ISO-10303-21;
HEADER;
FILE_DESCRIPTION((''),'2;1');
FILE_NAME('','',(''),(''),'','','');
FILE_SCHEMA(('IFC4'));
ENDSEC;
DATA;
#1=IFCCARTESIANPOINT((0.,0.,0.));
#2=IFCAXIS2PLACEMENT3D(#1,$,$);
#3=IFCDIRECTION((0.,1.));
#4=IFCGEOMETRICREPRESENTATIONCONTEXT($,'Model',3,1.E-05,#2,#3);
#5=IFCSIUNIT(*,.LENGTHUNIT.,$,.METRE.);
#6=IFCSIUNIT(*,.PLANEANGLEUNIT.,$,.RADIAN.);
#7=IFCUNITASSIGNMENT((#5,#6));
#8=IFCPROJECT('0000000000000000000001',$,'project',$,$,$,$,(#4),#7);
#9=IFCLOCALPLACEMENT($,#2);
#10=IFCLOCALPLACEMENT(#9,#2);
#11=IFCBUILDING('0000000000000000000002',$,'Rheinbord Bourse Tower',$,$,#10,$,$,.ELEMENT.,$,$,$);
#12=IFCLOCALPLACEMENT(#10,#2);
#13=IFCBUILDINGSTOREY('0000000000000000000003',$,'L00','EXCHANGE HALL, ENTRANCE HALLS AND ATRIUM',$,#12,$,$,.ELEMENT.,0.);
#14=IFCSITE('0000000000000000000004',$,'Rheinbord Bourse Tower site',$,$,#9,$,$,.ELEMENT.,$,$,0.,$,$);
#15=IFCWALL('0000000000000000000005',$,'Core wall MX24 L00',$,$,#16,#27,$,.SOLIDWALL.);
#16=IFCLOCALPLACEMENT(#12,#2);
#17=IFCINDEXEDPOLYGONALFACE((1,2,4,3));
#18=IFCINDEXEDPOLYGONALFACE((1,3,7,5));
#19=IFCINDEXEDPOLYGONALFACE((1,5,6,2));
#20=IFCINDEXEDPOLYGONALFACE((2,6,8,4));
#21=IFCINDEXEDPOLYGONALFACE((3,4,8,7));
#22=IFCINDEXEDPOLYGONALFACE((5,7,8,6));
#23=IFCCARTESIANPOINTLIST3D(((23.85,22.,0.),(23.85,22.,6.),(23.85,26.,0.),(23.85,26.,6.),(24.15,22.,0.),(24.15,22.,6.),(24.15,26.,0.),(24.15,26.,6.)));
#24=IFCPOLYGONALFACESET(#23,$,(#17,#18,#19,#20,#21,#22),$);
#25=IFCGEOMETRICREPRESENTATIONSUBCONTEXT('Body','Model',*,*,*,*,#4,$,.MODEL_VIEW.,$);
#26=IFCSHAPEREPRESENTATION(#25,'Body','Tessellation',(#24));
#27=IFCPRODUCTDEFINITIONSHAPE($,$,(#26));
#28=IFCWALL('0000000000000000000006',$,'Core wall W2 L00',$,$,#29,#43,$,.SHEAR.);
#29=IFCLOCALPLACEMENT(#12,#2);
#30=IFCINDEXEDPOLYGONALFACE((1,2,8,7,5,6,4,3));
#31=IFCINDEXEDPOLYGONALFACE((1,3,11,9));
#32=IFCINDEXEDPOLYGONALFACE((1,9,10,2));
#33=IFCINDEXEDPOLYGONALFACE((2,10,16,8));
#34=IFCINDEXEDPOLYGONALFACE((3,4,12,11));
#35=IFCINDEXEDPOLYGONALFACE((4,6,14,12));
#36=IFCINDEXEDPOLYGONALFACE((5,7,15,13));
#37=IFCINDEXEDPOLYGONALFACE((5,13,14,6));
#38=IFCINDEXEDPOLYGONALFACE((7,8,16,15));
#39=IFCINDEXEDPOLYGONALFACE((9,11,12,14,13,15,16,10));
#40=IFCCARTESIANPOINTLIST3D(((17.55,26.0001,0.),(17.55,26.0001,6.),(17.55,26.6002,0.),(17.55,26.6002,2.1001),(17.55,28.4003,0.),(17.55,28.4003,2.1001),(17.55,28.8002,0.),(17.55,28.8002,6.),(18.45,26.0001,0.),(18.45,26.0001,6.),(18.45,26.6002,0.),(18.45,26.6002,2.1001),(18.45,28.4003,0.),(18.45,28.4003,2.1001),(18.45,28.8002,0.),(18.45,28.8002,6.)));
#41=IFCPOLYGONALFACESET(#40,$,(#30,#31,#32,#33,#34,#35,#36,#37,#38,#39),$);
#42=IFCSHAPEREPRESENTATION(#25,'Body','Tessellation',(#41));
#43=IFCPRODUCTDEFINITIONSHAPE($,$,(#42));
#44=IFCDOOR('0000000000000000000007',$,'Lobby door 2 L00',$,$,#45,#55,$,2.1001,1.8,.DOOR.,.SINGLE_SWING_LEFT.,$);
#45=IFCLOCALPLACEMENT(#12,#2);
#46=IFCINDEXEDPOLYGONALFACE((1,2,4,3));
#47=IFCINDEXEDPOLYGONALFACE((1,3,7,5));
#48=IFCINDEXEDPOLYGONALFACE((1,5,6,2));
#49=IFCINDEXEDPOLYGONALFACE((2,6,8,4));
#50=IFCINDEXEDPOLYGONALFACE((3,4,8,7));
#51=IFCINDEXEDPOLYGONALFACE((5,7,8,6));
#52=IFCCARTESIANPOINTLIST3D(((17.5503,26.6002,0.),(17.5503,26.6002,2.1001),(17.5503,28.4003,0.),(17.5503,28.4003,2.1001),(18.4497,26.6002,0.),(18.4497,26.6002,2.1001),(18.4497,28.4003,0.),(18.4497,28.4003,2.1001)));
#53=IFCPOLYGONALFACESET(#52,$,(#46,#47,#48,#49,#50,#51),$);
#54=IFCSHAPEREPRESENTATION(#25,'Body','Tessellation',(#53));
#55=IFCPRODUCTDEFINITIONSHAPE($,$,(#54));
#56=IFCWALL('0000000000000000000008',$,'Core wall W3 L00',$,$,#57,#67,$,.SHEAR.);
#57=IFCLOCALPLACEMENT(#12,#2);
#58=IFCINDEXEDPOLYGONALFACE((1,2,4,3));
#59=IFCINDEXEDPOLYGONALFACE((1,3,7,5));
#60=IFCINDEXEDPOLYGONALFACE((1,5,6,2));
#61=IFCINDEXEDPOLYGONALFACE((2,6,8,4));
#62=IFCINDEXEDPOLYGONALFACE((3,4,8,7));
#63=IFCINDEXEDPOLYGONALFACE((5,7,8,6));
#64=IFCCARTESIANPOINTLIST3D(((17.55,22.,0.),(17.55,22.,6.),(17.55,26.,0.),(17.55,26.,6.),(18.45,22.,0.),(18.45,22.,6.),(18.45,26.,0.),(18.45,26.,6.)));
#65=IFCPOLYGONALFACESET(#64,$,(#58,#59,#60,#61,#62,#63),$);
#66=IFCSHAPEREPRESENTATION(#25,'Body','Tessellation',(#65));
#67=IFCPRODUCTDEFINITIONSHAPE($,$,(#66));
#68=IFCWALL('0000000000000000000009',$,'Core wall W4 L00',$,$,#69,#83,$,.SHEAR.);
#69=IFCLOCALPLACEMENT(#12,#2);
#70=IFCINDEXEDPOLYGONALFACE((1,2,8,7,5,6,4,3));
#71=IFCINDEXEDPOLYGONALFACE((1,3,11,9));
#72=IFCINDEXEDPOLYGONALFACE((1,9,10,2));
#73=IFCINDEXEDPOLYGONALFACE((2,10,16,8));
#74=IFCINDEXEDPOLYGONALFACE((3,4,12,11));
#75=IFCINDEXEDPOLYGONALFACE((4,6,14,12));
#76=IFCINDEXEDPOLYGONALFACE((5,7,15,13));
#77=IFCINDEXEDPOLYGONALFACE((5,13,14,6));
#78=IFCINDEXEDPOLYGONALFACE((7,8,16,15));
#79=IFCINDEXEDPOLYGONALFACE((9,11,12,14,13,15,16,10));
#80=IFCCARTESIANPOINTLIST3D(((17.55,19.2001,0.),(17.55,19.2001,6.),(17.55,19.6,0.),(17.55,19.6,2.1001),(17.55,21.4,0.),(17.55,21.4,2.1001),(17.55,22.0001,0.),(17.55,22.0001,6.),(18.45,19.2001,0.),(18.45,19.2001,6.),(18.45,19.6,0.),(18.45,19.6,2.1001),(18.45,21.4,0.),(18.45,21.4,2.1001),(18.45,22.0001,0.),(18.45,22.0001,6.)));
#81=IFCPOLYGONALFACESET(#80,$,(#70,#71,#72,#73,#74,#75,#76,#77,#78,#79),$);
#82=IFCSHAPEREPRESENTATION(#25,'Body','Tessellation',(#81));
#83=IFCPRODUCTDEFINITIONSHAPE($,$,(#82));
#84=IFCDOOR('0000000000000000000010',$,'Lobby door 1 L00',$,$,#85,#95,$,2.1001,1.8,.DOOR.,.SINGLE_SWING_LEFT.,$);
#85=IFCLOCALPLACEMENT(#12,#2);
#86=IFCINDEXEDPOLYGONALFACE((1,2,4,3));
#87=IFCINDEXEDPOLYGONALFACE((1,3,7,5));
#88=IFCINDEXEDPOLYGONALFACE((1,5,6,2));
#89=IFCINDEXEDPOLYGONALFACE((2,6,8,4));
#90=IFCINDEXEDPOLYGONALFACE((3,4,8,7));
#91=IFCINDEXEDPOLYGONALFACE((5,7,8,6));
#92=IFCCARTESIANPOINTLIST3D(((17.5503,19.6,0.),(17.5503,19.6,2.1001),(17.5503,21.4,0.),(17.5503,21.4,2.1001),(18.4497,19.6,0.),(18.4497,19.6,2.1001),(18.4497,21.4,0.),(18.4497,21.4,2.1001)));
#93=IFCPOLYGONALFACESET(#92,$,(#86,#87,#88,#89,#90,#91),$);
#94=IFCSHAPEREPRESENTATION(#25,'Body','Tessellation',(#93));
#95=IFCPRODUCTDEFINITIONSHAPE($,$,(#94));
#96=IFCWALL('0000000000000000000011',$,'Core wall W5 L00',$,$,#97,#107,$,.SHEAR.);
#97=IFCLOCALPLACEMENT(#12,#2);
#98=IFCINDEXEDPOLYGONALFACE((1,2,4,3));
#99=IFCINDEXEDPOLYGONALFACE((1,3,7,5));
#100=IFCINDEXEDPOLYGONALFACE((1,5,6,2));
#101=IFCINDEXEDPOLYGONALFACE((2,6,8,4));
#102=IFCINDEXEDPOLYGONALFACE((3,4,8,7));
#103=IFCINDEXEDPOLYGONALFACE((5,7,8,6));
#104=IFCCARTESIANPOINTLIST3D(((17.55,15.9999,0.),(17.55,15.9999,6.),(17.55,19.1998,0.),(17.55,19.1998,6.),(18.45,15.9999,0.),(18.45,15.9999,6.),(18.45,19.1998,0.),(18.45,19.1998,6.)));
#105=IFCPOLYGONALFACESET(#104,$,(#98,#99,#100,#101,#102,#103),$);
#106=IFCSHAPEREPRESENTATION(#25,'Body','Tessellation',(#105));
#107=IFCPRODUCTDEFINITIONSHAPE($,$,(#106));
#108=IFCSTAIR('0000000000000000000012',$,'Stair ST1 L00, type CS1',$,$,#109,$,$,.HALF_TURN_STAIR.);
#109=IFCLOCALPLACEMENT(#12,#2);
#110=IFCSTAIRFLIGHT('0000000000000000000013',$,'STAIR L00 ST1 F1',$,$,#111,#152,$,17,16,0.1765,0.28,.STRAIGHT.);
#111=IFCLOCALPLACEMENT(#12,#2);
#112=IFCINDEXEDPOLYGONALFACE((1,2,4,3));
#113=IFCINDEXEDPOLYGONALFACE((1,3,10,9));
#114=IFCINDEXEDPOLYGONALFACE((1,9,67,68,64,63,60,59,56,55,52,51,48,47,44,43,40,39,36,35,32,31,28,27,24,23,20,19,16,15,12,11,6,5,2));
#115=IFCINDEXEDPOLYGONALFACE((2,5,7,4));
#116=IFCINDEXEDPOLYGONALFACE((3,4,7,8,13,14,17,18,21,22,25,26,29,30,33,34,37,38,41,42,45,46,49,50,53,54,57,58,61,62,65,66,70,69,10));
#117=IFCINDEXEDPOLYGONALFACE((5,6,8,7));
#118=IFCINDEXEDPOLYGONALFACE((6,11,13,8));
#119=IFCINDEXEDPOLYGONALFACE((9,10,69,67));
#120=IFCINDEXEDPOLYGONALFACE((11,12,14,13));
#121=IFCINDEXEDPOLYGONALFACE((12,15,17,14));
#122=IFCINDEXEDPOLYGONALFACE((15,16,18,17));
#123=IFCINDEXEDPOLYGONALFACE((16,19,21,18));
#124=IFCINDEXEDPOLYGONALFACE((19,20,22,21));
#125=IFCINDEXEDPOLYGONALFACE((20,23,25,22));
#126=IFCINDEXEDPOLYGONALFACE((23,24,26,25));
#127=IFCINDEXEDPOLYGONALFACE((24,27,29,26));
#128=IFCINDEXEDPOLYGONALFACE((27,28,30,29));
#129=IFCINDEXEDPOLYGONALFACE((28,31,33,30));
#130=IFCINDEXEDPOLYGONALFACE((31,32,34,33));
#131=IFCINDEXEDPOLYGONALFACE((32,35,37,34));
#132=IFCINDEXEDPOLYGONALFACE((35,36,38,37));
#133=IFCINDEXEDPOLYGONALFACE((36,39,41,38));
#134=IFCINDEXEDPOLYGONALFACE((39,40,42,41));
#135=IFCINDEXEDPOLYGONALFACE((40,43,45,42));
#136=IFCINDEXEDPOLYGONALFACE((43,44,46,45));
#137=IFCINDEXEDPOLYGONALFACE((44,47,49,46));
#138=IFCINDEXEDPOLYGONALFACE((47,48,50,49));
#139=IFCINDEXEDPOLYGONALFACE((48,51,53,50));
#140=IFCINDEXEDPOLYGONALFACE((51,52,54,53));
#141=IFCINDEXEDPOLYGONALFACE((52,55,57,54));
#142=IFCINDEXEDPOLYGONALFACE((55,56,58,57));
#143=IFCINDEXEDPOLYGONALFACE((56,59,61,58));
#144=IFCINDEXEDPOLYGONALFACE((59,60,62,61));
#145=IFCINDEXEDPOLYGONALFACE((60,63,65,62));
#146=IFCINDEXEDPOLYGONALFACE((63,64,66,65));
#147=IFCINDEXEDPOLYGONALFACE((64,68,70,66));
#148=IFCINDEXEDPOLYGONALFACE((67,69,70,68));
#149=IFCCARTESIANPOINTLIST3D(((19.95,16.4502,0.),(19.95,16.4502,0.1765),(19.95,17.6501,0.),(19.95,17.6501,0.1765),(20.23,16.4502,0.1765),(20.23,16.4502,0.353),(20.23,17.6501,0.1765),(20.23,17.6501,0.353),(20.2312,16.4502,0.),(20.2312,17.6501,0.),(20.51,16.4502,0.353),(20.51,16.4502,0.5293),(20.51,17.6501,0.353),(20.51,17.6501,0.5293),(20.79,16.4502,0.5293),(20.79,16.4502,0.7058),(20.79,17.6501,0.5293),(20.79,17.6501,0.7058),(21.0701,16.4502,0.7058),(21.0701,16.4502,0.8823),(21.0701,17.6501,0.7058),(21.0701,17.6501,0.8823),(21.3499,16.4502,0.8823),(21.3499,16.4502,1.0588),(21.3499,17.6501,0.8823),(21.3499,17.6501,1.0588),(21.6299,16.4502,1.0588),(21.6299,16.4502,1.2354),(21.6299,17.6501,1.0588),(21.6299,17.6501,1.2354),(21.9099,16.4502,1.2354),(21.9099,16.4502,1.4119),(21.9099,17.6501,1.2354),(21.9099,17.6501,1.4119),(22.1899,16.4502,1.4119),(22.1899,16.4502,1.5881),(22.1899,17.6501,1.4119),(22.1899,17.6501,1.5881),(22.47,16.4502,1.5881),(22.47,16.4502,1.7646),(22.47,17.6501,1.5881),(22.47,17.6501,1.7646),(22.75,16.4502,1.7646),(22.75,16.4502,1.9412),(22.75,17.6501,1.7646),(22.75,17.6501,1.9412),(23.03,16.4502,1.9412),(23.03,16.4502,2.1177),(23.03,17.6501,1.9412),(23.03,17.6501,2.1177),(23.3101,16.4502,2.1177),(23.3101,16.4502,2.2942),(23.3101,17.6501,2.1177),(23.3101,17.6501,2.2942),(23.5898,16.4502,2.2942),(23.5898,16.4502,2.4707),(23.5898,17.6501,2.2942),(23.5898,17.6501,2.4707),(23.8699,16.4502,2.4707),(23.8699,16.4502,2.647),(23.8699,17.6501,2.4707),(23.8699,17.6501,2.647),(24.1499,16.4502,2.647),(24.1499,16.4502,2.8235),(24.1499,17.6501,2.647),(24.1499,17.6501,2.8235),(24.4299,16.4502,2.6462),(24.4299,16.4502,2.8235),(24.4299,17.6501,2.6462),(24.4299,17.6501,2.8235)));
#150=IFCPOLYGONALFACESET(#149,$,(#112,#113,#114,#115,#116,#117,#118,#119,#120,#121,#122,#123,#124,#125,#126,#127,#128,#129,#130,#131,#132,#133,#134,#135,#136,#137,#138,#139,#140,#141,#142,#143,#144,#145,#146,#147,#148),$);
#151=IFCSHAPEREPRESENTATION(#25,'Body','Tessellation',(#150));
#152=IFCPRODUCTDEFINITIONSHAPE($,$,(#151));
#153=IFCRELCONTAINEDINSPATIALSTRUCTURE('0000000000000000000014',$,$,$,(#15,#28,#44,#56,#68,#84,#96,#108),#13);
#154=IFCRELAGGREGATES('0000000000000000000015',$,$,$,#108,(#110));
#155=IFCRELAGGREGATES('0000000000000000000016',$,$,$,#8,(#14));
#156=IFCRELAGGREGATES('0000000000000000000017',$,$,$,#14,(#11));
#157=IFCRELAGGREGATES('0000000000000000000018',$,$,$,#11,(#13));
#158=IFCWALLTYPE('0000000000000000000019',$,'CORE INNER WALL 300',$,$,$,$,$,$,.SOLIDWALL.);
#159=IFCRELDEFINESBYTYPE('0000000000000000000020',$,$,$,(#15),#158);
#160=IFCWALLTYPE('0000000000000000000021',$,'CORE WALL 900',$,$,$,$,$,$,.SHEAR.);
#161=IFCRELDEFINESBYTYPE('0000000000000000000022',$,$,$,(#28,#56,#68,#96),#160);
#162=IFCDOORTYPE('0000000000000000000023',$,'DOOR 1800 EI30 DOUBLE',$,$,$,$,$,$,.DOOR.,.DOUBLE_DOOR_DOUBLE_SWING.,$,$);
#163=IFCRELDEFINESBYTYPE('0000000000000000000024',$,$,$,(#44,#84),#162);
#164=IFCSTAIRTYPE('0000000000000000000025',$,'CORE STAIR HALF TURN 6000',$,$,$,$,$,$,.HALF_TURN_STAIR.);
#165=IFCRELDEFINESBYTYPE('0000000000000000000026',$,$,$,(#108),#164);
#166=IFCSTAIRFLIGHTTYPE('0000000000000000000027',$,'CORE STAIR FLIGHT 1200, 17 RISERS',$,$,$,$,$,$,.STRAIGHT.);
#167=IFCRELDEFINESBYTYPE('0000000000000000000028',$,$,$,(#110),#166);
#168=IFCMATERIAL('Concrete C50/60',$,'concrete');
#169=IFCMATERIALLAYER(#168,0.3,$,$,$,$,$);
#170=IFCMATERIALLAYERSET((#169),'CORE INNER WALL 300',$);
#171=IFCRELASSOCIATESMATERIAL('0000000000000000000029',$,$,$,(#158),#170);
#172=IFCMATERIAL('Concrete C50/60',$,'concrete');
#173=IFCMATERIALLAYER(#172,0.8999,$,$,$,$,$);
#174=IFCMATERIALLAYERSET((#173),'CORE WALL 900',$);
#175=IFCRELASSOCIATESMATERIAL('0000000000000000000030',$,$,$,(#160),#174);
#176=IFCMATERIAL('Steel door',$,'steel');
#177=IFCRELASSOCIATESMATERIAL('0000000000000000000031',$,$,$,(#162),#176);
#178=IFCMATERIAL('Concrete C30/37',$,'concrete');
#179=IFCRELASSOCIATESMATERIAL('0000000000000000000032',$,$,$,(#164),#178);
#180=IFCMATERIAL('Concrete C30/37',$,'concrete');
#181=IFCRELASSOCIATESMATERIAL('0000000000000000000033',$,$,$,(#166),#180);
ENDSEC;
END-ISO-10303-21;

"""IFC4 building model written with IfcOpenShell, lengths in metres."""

from ifc_helpers import new_model, si_unit, direction, frame, frame_2d, origin, place, context, subcontext, project, spatial, polyline, rectangle, outline, extrude, material, layer, layer_set, type_object, element, fill, aggregate, save


model = new_model("IFC4")

# Units and contexts
model_context = context("Model", 3, precision=1e-05, world=origin(), true_north=direction((0.0, 1.0)))
body_context = subcontext(model_context, "Body", "Model", "MODEL_VIEW")
ifc_project = project(units=[si_unit("LENGTHUNIT", "METRE"), si_unit("PLANEANGLEUNIT", "RADIAN")], contexts=[model_context])

# Site, building, storey
site_placement = place(None, origin())
site = spatial("IfcSite", under=ifc_project, at=site_placement, Name="Rheinbord Bourse Tower site", CompositionType="ELEMENT", RefElevation=0.0)
building_placement = place(site_placement, origin())
building = spatial("IfcBuilding", under=site, at=building_placement, Name="Rheinbord Bourse Tower", CompositionType="ELEMENT")
storey_placement = place(building_placement, origin())
storey = spatial("IfcBuildingStorey", under=building, at=storey_placement, Name="L00", Description="EXCHANGE HALL, ENTRANCE HALLS AND ATRIUM", CompositionType="ELEMENT", Elevation=0.0)

# Shared definitions
ifc_material_1 = material(Name="Concrete C50/60", Category="concrete")
ifc_layer_1 = layer(ifc_material_1, 0.3)
ifc_layer_set_1 = layer_set([ifc_layer_1], Name="CORE INNER WALL 300")
wall_type_1 = type_object("IfcWallType", Name="CORE INNER WALL 300", PredefinedType="SOLIDWALL", material=ifc_layer_set_1)

# Wall
wall_1_placement = place(storey_placement, frame((24.0, 22.0, 0.0), z_axis=(0.0, 0.0, 1.0), x_axis=(0.0, 1.0, 0.0)))
element("IfcWall", 1, at=wall_1_placement, inside=storey, type_object=wall_type_1, Name="Core wall MX24 L00", PredefinedType="SOLIDWALL", context=body_context, shape_type="SweptSolid", body=[
    extrude(rectangle(XDim=4.0, YDim=0.3, at=frame_2d((2.0, 0.0))), origin(), (0.0, 0.0, 1.0), 6.0),
])

# Wall, opening, door
ifc_material_2 = material(Name="Concrete C50/60", Category="concrete")
ifc_layer_2 = layer(ifc_material_2, 0.8999)
ifc_layer_set_2 = layer_set([ifc_layer_2], Name="CORE WALL 900")
wall_type_2 = type_object("IfcWallType", Name="CORE WALL 900", PredefinedType="SHEAR", material=ifc_layer_set_2)
wall_2_placement = place(storey_placement, frame((18.0, 28.8, 0.0), z_axis=(0.0, 0.0, 1.0), x_axis=(0.0, -1.0, 0.0)))
wall_2 = element("IfcWall", 2, at=wall_2_placement, inside=storey, type_object=wall_type_2, Name="Core wall W2 L00", PredefinedType="SHEAR", context=body_context, shape_type="SweptSolid", body=[
    extrude(rectangle(XDim=2.8, YDim=0.8999, at=frame_2d((1.3999, 0.0))), origin(), (0.0, 0.0, 1.0), 6.0),
])
opening_1_placement = place(wall_2_placement, frame((0.3999, 0.0, 0.0)))
opening_1 = element("IfcOpeningElement", 3, at=opening_1_placement, cuts=wall_2, PredefinedType="OPENING", context=body_context, shape_type="SweptSolid", body=[
    extrude(rectangle(XDim=1.8, YDim=2.1001, at=frame_2d((0.8999, 1.05))), frame((0.0, 0.46, 0.0), z_axis=(0.0, -1.0, 0.0), x_axis=(1.0, 0.0, 0.0)), (0.0, 0.0, 1.0), 0.9199),
])
ifc_material_3 = material(Name="Steel door", Category="steel")
door_type_1 = type_object("IfcDoorType", Name="DOOR 1800 EI30 DOUBLE", OperationType="DOUBLE_DOOR_DOUBLE_SWING", PredefinedType="DOOR", material=ifc_material_3)
door_1_placement = place(opening_1_placement, origin())
door_1 = element("IfcDoor", 4, at=door_1_placement, inside=storey, type_object=door_type_1, Name="Lobby door 2 L00", OperationType="SINGLE_SWING_LEFT", OverallHeight=2.1001, OverallWidth=1.8, PredefinedType="DOOR", context=body_context, shape_type="SweptSolid", body=[
    extrude(rectangle(XDim=1.8, YDim=2.1001, at=frame_2d((0.8999, 1.05))), frame((0.0, 0.4497, 0.0), z_axis=(0.0, -1.0, 0.0), x_axis=(1.0, 0.0, 0.0)), (0.0, 0.0, 1.0), 0.8994),
])
fill(opening_1, door_1)

# Wall
wall_3_placement = place(storey_placement, frame((18.0, 26.0, 0.0), z_axis=(0.0, 0.0, 1.0), x_axis=(0.0, -1.0, 0.0)))
element("IfcWall", 5, at=wall_3_placement, inside=storey, type_object=wall_type_2, Name="Core wall W3 L00", PredefinedType="SHEAR", context=body_context, shape_type="SweptSolid", body=[
    extrude(rectangle(XDim=4.0, YDim=0.8999, at=frame_2d((2.0, 0.0))), origin(), (0.0, 0.0, 1.0), 6.0),
])

# Wall, opening, door
wall_4_placement = place(storey_placement, frame((18.0, 22.0, 0.0), z_axis=(0.0, 0.0, 1.0), x_axis=(0.0, -1.0, 0.0)))
wall_4 = element("IfcWall", 6, at=wall_4_placement, inside=storey, type_object=wall_type_2, Name="Core wall W4 L00", PredefinedType="SHEAR", context=body_context, shape_type="SweptSolid", body=[
    extrude(rectangle(XDim=2.8, YDim=0.8999, at=frame_2d((1.3999, 0.0))), origin(), (0.0, 0.0, 1.0), 6.0),
])
opening_2_placement = place(wall_4_placement, frame((0.6001, 0.0, 0.0)))
opening_2 = element("IfcOpeningElement", 7, at=opening_2_placement, cuts=wall_4, PredefinedType="OPENING", context=body_context, shape_type="SweptSolid", body=[
    extrude(rectangle(XDim=1.8, YDim=2.1001, at=frame_2d((0.8999, 1.05))), frame((0.0, 0.46, 0.0), z_axis=(0.0, -1.0, 0.0), x_axis=(1.0, 0.0, 0.0)), (0.0, 0.0, 1.0), 0.9199),
])
door_2_placement = place(opening_2_placement, origin())
door_2 = element("IfcDoor", 8, at=door_2_placement, inside=storey, type_object=door_type_1, Name="Lobby door 1 L00", OperationType="SINGLE_SWING_LEFT", OverallHeight=2.1001, OverallWidth=1.8, PredefinedType="DOOR", context=body_context, shape_type="SweptSolid", body=[
    extrude(rectangle(XDim=1.8, YDim=2.1001, at=frame_2d((0.8999, 1.05))), frame((0.0, 0.4497, 0.0), z_axis=(0.0, -1.0, 0.0), x_axis=(1.0, 0.0, 0.0)), (0.0, 0.0, 1.0), 0.8994),
])
fill(opening_2, door_2)

# Wall
wall_5_placement = place(storey_placement, frame((18.0, 19.2, 0.0), z_axis=(0.0, 0.0, 1.0), x_axis=(0.0, -1.0, 0.0)))
element("IfcWall", 9, at=wall_5_placement, inside=storey, type_object=wall_type_2, Name="Core wall W5 L00", PredefinedType="SHEAR", context=body_context, shape_type="SweptSolid", body=[
    extrude(rectangle(XDim=3.2, YDim=0.8999, at=frame_2d((1.6001, 0.0))), origin(), (0.0, 0.0, 1.0), 6.0),
])

# Stair, stair flight
ifc_material_4 = material(Name="Concrete C30/37", Category="concrete")
stair_type = type_object("IfcStairType", Name="CORE STAIR HALF TURN 6000", PredefinedType="HALF_TURN_STAIR", material=ifc_material_4)
stair_1_placement = place(storey_placement, origin())
stair_1 = element("IfcStair", 10, at=stair_1_placement, inside=storey, type_object=stair_type, Name="Stair ST1 L00, type CS1", PredefinedType="HALF_TURN_STAIR")
ifc_material_5 = material(Name="Concrete C30/37", Category="concrete")
stair_flight_type = type_object("IfcStairFlightType", Name="CORE STAIR FLIGHT 1200, 17 RISERS", PredefinedType="STRAIGHT", material=ifc_material_5)
stair_flight_1_placement = place(storey_placement, frame((19.95, 17.05, 0.0), z_axis=(0.0, 0.0, 1.0), x_axis=(1.0, 0.0, 0.0)))
stair_flight_1 = element("IfcStairFlight", 11, at=stair_flight_1_placement, type_object=stair_flight_type, Name="STAIR L00 ST1 F1", NumberOfRisers=17, NumberOfTreads=16, PredefinedType="STRAIGHT", RiserHeight=0.1765, TreadLength=0.28, context=body_context, shape_type="SweptSolid", body=[
    extrude(outline(polyline([(0.0, 0.0), (0.0, 0.1765), (0.28, 0.1765), (0.28, 0.353), (0.5601, 0.353), (0.5601, 0.5293), (0.8401, 0.5293), (0.8401, 0.7058), (1.1201, 0.7058), (1.1201, 0.8823), (1.3999, 0.8823), (1.3999, 1.0588), (1.6799, 1.0588), (1.6799, 1.2354), (1.96, 1.2354), (1.96, 1.4119), (2.24, 1.4119), (2.24, 1.5881), (2.52, 1.5881), (2.52, 1.7646), (2.8, 1.7646), (2.8, 1.9412), (3.0801, 1.9412), (3.0801, 2.1177), (3.3601, 2.1177), (3.3601, 2.2942), (3.6399, 2.2942), (3.6399, 2.4707), (3.9199, 2.4707), (3.9199, 2.647), (4.2, 2.647), (4.2, 2.8235), (4.48, 2.8235), (4.48, 3.0), (4.48, 2.6462), (0.2812, 0.0), (0.0, 0.0)])), frame((0.0, 0.6001, 0.0), z_axis=(0.0, -1.0, 0.0), x_axis=(1.0, 0.0, 0.0)), (0.0, 0.0, 1.0), 1.2),
])
aggregate(stair_1, [stair_flight_1])

save(model, "model.ifc")
